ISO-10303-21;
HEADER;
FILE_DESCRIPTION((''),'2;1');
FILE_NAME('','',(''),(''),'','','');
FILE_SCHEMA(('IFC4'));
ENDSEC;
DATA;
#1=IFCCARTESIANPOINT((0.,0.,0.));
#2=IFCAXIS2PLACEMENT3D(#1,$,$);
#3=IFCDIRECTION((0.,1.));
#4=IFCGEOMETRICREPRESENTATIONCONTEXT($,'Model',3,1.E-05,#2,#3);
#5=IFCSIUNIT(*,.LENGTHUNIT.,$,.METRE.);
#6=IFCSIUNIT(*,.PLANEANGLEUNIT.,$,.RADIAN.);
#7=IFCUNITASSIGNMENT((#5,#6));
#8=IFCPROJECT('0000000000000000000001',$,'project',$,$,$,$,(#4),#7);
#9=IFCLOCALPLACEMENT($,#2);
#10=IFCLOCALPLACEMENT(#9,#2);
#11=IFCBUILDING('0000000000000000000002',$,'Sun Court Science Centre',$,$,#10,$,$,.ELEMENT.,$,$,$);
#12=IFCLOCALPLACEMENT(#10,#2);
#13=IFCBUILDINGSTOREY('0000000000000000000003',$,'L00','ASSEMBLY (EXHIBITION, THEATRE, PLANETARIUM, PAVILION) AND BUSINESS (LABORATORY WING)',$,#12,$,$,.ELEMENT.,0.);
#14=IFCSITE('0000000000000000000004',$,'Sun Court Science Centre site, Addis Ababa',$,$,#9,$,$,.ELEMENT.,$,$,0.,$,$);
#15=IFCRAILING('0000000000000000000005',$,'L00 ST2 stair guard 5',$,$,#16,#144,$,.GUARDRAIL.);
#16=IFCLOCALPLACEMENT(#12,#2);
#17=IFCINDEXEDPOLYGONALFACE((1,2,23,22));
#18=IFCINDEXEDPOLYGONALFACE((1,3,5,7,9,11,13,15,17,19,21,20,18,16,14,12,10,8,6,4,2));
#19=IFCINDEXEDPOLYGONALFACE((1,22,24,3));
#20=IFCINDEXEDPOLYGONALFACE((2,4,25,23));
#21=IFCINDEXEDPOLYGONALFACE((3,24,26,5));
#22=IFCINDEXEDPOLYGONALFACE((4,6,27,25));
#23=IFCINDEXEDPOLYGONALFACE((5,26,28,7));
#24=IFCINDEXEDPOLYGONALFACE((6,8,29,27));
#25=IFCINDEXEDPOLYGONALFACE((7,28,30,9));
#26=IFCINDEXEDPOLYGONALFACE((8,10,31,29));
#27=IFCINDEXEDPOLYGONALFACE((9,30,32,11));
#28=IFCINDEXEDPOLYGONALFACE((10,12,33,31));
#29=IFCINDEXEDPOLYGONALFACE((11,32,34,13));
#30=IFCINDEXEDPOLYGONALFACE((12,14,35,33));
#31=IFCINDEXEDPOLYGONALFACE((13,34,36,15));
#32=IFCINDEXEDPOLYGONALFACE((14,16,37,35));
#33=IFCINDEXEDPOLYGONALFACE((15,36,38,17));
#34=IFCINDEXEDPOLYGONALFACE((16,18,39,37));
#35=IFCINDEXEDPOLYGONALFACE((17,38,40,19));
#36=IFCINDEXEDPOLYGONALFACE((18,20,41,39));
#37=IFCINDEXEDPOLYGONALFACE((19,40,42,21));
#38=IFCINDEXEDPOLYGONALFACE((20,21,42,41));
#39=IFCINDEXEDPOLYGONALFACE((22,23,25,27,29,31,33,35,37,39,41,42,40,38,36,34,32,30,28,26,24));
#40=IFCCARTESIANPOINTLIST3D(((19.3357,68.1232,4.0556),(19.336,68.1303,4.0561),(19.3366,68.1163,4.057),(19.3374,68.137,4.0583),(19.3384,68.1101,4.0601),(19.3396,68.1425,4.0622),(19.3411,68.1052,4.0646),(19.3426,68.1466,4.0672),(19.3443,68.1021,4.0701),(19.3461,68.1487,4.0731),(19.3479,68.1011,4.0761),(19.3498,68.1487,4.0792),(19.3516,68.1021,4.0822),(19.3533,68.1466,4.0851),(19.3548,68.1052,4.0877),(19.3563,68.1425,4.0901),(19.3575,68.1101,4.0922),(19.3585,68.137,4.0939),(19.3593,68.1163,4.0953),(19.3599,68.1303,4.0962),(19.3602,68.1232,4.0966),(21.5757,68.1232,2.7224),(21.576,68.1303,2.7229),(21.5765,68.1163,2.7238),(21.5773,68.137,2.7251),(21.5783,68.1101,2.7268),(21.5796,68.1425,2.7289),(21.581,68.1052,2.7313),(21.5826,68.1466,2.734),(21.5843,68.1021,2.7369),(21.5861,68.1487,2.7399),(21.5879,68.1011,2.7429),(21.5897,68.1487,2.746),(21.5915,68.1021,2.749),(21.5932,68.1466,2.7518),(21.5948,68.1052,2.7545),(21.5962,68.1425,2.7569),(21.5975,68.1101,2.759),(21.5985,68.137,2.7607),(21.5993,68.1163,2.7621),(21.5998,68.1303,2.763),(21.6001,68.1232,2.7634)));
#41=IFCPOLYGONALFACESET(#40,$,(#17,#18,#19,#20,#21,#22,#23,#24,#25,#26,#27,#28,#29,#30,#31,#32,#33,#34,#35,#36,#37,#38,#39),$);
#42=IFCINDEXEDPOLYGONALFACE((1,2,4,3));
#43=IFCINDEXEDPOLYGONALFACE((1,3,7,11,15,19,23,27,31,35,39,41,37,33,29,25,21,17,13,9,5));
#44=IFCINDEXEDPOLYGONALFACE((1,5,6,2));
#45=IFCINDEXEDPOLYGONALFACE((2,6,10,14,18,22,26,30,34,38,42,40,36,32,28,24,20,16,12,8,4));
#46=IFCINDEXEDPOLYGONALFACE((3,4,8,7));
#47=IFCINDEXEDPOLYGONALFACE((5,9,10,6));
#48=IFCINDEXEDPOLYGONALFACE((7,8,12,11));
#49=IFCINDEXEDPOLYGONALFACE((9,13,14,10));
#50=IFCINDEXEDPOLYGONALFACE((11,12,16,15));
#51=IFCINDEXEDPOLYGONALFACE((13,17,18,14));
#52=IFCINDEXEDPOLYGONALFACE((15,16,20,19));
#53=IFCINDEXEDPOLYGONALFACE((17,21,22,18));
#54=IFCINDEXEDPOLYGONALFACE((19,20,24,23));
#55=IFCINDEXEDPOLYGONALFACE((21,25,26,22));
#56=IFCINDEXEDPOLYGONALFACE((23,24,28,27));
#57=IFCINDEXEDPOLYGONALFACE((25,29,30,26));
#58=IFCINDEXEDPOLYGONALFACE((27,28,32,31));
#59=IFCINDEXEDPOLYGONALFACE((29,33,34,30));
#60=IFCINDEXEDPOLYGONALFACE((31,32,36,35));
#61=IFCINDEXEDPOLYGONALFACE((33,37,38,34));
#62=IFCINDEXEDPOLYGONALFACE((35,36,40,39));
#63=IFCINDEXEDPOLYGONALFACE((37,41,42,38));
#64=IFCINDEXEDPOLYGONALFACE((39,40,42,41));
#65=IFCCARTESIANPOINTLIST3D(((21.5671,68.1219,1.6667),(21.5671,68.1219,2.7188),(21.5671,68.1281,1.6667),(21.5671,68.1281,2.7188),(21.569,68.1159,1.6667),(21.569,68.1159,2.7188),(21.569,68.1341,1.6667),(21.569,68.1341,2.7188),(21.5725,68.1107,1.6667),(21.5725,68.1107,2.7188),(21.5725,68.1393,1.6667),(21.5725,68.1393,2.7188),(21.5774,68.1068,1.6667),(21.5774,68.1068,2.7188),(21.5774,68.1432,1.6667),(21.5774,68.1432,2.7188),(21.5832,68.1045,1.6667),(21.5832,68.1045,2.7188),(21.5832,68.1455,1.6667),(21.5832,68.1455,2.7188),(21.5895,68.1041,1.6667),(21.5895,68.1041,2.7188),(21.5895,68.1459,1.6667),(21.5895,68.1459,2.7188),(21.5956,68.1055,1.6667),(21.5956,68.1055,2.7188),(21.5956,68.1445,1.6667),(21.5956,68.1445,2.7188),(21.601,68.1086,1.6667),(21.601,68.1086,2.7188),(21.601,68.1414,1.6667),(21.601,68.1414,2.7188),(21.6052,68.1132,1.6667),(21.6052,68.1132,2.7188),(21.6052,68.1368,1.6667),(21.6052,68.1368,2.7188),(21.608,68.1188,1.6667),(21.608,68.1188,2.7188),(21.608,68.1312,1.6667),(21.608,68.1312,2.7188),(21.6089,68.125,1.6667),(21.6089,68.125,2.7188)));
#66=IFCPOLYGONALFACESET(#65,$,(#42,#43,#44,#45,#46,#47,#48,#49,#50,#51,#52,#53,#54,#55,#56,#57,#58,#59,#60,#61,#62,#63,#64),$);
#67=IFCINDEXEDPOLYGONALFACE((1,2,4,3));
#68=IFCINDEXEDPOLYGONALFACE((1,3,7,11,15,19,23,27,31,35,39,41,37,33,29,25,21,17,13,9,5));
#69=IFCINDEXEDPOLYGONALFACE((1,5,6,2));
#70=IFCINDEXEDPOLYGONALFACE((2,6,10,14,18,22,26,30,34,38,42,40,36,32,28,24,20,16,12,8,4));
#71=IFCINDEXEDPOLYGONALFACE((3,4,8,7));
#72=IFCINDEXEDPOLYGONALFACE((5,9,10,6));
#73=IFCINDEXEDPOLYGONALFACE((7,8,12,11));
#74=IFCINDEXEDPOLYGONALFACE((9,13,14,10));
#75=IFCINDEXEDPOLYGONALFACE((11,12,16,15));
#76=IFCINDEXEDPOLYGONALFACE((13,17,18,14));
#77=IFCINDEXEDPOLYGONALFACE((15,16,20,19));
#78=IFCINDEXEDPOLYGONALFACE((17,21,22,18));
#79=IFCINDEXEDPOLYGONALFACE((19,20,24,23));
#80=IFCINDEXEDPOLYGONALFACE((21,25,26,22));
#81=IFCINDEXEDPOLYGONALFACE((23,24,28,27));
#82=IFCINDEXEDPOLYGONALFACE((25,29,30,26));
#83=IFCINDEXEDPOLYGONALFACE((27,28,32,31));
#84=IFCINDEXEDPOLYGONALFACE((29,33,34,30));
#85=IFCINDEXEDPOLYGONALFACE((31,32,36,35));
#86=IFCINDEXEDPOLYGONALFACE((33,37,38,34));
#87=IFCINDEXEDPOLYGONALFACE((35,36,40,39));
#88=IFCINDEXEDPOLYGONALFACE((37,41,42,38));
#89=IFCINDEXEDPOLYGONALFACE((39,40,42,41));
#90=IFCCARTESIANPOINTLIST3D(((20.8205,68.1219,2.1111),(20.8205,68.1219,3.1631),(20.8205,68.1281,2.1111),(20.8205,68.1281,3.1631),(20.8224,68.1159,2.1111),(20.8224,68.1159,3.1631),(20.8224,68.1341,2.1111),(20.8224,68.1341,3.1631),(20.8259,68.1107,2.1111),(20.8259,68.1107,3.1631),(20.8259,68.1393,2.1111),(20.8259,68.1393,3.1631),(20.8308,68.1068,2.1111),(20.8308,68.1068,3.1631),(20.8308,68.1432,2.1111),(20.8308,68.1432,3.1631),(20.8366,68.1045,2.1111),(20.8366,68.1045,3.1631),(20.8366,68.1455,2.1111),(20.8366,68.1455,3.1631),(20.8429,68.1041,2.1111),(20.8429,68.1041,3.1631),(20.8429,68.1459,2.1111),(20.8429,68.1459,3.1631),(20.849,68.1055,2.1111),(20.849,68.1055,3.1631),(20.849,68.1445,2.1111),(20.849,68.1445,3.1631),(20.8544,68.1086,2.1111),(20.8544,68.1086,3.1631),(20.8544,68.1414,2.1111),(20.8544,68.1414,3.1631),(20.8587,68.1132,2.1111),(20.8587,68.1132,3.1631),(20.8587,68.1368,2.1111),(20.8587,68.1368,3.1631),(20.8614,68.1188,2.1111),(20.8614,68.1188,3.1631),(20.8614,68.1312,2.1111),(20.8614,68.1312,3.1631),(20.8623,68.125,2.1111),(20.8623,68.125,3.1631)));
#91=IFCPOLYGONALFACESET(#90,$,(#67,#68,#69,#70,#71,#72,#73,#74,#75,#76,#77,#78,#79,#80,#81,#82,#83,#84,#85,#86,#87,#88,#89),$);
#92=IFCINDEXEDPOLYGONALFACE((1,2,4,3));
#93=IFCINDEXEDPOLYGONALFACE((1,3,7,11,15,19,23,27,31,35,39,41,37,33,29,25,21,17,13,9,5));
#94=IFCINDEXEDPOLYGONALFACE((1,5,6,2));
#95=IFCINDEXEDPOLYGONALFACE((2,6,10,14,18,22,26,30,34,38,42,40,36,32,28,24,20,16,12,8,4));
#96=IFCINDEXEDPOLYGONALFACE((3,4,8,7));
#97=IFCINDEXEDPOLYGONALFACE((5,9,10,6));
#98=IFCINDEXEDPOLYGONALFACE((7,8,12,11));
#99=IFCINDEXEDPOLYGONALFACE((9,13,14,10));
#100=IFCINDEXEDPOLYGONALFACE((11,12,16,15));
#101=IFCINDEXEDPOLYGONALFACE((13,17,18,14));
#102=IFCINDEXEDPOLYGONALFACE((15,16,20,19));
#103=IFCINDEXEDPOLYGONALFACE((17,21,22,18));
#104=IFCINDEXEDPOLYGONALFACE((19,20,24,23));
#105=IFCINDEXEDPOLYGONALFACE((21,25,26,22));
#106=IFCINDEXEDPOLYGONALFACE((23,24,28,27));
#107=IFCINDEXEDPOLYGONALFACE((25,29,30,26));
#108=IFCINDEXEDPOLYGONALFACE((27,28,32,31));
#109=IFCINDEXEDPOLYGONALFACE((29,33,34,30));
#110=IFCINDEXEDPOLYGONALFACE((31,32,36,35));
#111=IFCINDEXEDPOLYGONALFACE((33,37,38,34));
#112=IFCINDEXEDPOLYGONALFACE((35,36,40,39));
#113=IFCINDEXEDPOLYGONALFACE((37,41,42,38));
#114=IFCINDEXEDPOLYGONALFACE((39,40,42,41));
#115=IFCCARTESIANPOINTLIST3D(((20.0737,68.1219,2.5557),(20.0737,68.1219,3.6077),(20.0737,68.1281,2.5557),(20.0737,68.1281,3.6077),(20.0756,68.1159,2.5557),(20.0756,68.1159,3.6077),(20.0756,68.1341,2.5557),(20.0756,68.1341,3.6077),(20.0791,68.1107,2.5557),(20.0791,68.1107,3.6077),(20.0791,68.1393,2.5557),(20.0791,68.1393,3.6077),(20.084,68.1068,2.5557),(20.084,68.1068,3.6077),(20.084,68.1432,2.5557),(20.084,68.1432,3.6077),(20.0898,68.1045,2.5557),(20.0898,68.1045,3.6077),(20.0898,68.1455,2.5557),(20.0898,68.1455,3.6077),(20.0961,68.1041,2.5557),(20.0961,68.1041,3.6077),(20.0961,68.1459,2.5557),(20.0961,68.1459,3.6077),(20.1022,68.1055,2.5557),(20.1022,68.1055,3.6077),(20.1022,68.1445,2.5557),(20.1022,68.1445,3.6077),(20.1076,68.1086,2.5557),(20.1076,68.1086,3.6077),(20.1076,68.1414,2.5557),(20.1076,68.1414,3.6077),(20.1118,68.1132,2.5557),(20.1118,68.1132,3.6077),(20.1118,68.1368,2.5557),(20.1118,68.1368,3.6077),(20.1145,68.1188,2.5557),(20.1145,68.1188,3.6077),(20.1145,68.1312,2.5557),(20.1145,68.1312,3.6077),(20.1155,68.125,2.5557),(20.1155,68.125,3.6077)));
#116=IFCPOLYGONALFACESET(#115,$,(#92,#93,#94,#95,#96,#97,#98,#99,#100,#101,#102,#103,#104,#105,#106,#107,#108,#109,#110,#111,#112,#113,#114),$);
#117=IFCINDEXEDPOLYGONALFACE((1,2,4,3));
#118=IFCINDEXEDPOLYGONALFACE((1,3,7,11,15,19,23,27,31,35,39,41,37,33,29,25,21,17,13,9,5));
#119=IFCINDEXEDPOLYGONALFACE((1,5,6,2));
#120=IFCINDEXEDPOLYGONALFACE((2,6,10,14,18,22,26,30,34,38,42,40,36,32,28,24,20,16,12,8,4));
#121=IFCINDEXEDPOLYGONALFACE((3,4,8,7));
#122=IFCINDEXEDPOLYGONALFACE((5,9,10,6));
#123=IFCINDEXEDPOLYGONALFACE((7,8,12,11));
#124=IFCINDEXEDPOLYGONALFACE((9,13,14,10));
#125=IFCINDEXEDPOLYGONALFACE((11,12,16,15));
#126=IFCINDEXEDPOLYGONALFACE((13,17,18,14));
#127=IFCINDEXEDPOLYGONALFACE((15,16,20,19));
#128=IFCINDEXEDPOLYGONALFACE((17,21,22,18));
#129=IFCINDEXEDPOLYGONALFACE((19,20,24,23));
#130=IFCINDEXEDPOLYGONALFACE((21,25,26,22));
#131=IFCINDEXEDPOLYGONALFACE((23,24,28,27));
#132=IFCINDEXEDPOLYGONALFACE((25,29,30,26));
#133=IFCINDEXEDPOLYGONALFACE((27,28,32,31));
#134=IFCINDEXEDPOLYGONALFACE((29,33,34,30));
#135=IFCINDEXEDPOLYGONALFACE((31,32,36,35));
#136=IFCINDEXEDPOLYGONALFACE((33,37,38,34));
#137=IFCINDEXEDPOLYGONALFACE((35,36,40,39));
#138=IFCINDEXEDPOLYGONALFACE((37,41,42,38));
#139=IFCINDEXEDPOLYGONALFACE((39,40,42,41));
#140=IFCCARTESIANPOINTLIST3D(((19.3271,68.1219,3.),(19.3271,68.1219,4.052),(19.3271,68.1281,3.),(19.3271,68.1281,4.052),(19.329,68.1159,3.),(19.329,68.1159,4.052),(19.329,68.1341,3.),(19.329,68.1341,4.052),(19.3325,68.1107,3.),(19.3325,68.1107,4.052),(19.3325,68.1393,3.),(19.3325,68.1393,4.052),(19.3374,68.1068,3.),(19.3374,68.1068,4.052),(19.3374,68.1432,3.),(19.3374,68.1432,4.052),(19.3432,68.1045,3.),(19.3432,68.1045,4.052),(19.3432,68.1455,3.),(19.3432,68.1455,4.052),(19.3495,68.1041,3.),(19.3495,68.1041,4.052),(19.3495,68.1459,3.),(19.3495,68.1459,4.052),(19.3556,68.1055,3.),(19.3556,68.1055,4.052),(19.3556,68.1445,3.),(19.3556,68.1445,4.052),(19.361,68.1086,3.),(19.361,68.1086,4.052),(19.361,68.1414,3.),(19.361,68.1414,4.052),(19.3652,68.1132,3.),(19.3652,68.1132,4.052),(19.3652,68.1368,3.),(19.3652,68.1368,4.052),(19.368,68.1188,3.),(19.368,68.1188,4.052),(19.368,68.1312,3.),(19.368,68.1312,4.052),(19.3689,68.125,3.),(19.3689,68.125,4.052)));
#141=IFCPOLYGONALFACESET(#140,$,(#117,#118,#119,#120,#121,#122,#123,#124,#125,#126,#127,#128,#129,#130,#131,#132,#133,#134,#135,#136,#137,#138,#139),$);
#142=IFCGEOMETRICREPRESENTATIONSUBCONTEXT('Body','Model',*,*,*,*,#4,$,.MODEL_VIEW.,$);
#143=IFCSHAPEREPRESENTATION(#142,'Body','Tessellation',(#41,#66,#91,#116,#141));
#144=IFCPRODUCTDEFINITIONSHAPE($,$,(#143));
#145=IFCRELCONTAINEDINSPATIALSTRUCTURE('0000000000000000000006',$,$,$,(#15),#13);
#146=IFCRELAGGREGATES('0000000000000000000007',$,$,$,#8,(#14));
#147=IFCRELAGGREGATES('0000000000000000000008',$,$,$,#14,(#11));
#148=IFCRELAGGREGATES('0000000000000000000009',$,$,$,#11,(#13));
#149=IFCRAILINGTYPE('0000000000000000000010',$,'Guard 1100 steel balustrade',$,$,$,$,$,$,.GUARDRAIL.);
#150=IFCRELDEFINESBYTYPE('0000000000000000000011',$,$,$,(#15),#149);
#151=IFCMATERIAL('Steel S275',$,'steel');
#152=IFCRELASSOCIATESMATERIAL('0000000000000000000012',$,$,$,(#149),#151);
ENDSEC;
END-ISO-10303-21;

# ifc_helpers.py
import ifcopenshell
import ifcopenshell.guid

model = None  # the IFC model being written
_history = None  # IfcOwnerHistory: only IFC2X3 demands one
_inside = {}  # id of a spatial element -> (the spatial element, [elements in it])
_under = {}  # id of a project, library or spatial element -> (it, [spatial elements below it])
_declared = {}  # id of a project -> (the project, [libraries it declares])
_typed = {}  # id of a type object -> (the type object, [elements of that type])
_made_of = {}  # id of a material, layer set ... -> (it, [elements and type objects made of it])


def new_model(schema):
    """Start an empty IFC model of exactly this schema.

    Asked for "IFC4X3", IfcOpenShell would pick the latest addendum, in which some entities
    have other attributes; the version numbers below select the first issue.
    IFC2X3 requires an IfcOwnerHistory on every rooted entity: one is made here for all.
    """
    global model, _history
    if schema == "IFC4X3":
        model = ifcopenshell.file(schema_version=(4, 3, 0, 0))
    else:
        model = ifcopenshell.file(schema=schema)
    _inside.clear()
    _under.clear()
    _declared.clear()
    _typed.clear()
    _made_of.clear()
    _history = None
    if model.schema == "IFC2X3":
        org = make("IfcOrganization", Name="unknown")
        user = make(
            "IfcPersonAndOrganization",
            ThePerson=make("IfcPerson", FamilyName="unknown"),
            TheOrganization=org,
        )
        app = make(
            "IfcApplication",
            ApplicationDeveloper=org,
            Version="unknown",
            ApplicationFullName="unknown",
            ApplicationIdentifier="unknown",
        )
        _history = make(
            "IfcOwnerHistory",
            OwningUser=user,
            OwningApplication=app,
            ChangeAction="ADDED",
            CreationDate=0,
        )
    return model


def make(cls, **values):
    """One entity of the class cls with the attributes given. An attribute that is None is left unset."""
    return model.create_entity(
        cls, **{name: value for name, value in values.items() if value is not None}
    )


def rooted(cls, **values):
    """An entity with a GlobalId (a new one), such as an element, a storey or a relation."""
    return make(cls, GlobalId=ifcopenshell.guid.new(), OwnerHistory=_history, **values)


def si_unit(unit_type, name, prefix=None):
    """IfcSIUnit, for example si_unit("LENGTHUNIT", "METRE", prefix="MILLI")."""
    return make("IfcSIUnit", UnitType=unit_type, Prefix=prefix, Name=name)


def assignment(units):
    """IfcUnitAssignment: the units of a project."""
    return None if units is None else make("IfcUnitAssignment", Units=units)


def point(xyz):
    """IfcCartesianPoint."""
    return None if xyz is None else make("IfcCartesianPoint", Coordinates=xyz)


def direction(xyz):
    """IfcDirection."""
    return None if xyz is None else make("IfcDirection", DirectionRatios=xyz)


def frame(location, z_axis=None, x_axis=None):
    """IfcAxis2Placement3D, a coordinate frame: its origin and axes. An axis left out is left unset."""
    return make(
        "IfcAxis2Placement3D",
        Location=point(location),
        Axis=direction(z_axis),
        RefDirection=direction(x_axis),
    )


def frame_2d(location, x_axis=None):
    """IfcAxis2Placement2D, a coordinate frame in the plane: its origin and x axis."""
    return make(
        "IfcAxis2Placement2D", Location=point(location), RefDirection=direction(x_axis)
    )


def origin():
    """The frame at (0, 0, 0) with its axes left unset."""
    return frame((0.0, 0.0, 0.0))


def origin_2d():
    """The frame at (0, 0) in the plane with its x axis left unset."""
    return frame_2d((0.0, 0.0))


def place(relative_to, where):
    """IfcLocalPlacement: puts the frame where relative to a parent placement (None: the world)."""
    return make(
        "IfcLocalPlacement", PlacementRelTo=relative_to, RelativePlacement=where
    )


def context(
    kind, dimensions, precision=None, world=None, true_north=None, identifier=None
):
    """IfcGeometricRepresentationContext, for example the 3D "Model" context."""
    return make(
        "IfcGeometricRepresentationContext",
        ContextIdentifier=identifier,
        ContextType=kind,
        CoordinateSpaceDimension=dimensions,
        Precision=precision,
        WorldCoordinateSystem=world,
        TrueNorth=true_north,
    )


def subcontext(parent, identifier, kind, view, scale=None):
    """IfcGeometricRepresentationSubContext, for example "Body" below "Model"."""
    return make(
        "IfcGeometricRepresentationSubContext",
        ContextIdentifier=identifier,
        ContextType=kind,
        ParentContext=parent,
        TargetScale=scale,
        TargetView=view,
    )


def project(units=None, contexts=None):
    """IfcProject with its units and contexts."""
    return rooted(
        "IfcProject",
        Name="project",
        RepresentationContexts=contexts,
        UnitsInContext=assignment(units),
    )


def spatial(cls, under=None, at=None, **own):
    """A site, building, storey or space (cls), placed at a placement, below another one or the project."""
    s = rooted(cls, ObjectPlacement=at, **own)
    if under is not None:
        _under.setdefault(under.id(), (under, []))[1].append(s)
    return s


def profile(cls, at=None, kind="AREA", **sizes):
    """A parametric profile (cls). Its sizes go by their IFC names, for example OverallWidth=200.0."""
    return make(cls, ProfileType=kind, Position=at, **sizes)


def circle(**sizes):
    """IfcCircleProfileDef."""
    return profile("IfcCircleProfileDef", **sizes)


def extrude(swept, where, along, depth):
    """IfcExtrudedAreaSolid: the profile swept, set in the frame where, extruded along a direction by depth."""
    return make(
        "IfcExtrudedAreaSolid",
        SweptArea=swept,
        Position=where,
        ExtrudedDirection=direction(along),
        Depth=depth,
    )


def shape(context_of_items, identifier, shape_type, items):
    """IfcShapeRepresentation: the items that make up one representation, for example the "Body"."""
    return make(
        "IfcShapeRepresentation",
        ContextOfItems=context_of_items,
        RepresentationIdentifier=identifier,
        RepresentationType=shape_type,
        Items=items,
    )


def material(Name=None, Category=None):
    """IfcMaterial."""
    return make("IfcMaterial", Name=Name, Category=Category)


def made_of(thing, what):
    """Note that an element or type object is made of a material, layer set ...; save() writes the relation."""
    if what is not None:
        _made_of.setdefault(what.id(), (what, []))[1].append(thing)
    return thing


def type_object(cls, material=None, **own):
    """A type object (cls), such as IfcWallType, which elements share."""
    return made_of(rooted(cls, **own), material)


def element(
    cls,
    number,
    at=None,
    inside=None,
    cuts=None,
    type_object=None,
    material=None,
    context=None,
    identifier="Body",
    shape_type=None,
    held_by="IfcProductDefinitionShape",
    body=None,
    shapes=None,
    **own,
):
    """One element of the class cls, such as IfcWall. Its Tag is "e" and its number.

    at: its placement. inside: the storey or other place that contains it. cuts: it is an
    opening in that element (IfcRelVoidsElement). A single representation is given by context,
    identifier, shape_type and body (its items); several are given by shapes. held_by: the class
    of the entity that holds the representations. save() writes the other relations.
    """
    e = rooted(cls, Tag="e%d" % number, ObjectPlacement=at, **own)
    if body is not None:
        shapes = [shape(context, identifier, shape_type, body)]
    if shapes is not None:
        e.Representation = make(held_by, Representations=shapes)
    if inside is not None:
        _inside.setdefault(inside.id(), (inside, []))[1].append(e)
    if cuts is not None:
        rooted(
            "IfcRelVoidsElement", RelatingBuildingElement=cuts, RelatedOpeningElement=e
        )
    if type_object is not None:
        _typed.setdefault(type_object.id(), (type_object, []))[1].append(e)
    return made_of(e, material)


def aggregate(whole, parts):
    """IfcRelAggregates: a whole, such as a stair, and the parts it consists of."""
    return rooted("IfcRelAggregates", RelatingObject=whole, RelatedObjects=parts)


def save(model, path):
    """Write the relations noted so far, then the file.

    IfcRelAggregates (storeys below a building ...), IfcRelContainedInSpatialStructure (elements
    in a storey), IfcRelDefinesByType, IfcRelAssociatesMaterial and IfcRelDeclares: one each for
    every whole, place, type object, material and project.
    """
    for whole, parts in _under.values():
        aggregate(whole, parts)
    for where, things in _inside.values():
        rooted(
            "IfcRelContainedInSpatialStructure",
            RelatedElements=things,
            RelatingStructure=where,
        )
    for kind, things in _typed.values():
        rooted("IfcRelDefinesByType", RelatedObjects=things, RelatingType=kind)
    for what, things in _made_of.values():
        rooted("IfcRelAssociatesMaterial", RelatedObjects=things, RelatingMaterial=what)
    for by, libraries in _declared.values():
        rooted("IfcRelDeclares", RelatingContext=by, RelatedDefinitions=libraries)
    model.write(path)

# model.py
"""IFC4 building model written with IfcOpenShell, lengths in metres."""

from ifc_helpers import new_model, si_unit, direction, frame, origin, origin_2d, place, context, subcontext, project, spatial, circle, extrude, material, type_object, element, save


model = new_model("IFC4")

# Units and contexts
model_context = context("Model", 3, precision=1e-05, world=origin(), true_north=direction((0.0, 1.0)))
body_context = subcontext(model_context, "Body", "Model", "MODEL_VIEW")
ifc_project = project(units=[si_unit("LENGTHUNIT", "METRE"), si_unit("PLANEANGLEUNIT", "RADIAN")], contexts=[model_context])

# Site, building, storey
site_placement = place(None, origin())
site = spatial("IfcSite", under=ifc_project, at=site_placement, Name="Sun Court Science Centre site, Addis Ababa", CompositionType="ELEMENT", RefElevation=0.0)
building_placement = place(site_placement, origin())
building = spatial("IfcBuilding", under=site, at=building_placement, Name="Sun Court Science Centre", CompositionType="ELEMENT")
storey_placement = place(building_placement, origin())
storey = spatial("IfcBuildingStorey", under=building, at=storey_placement, Name="L00", Description="ASSEMBLY (EXHIBITION, THEATRE, PLANETARIUM, PAVILION) AND BUSINESS (LABORATORY WING)", CompositionType="ELEMENT", Elevation=0.0)

# Railing
ifc_material_1 = material(Name="Steel S275", Category="steel")
railing_type = type_object("IfcRailingType", Name="Guard 1100 steel balustrade", PredefinedType="GUARDRAIL", material=ifc_material_1)
railing_1_placement = place(storey_placement, frame((21.5879, 68.125, 1.6667)))
element("IfcRailing", 1, at=railing_1_placement, inside=storey, type_object=railing_type, Name="L00 ST2 stair guard 5", PredefinedType="GUARDRAIL", context=body_context, shape_type="SweptSolid", body=[
    extrude(circle(Radius=0.0239, at=origin_2d()), frame((0.0, 0.0, 1.0762), z_axis=(-0.859306, 0.0, 0.511462), x_axis=(0.0, -1.0, 0.0)), (0.0, 0.0, 1.0), 2.6067),
    extrude(circle(Radius=0.021, at=origin_2d()), origin(), (0.0, 0.0, 1.0), 1.052),
    extrude(circle(Radius=0.021, at=origin_2d()), frame((-0.7466, 0.0, 0.4443)), (0.0, 0.0, 1.0), 1.052),
    extrude(circle(Radius=0.021, at=origin_2d()), frame((-1.4934, 0.0, 0.8889)), (0.0, 0.0, 1.0), 1.052),
    extrude(circle(Radius=0.021, at=origin_2d()), frame((-2.24, 0.0, 1.3333)), (0.0, 0.0, 1.0), 1.052),
])

save(model, "model.ifc")
